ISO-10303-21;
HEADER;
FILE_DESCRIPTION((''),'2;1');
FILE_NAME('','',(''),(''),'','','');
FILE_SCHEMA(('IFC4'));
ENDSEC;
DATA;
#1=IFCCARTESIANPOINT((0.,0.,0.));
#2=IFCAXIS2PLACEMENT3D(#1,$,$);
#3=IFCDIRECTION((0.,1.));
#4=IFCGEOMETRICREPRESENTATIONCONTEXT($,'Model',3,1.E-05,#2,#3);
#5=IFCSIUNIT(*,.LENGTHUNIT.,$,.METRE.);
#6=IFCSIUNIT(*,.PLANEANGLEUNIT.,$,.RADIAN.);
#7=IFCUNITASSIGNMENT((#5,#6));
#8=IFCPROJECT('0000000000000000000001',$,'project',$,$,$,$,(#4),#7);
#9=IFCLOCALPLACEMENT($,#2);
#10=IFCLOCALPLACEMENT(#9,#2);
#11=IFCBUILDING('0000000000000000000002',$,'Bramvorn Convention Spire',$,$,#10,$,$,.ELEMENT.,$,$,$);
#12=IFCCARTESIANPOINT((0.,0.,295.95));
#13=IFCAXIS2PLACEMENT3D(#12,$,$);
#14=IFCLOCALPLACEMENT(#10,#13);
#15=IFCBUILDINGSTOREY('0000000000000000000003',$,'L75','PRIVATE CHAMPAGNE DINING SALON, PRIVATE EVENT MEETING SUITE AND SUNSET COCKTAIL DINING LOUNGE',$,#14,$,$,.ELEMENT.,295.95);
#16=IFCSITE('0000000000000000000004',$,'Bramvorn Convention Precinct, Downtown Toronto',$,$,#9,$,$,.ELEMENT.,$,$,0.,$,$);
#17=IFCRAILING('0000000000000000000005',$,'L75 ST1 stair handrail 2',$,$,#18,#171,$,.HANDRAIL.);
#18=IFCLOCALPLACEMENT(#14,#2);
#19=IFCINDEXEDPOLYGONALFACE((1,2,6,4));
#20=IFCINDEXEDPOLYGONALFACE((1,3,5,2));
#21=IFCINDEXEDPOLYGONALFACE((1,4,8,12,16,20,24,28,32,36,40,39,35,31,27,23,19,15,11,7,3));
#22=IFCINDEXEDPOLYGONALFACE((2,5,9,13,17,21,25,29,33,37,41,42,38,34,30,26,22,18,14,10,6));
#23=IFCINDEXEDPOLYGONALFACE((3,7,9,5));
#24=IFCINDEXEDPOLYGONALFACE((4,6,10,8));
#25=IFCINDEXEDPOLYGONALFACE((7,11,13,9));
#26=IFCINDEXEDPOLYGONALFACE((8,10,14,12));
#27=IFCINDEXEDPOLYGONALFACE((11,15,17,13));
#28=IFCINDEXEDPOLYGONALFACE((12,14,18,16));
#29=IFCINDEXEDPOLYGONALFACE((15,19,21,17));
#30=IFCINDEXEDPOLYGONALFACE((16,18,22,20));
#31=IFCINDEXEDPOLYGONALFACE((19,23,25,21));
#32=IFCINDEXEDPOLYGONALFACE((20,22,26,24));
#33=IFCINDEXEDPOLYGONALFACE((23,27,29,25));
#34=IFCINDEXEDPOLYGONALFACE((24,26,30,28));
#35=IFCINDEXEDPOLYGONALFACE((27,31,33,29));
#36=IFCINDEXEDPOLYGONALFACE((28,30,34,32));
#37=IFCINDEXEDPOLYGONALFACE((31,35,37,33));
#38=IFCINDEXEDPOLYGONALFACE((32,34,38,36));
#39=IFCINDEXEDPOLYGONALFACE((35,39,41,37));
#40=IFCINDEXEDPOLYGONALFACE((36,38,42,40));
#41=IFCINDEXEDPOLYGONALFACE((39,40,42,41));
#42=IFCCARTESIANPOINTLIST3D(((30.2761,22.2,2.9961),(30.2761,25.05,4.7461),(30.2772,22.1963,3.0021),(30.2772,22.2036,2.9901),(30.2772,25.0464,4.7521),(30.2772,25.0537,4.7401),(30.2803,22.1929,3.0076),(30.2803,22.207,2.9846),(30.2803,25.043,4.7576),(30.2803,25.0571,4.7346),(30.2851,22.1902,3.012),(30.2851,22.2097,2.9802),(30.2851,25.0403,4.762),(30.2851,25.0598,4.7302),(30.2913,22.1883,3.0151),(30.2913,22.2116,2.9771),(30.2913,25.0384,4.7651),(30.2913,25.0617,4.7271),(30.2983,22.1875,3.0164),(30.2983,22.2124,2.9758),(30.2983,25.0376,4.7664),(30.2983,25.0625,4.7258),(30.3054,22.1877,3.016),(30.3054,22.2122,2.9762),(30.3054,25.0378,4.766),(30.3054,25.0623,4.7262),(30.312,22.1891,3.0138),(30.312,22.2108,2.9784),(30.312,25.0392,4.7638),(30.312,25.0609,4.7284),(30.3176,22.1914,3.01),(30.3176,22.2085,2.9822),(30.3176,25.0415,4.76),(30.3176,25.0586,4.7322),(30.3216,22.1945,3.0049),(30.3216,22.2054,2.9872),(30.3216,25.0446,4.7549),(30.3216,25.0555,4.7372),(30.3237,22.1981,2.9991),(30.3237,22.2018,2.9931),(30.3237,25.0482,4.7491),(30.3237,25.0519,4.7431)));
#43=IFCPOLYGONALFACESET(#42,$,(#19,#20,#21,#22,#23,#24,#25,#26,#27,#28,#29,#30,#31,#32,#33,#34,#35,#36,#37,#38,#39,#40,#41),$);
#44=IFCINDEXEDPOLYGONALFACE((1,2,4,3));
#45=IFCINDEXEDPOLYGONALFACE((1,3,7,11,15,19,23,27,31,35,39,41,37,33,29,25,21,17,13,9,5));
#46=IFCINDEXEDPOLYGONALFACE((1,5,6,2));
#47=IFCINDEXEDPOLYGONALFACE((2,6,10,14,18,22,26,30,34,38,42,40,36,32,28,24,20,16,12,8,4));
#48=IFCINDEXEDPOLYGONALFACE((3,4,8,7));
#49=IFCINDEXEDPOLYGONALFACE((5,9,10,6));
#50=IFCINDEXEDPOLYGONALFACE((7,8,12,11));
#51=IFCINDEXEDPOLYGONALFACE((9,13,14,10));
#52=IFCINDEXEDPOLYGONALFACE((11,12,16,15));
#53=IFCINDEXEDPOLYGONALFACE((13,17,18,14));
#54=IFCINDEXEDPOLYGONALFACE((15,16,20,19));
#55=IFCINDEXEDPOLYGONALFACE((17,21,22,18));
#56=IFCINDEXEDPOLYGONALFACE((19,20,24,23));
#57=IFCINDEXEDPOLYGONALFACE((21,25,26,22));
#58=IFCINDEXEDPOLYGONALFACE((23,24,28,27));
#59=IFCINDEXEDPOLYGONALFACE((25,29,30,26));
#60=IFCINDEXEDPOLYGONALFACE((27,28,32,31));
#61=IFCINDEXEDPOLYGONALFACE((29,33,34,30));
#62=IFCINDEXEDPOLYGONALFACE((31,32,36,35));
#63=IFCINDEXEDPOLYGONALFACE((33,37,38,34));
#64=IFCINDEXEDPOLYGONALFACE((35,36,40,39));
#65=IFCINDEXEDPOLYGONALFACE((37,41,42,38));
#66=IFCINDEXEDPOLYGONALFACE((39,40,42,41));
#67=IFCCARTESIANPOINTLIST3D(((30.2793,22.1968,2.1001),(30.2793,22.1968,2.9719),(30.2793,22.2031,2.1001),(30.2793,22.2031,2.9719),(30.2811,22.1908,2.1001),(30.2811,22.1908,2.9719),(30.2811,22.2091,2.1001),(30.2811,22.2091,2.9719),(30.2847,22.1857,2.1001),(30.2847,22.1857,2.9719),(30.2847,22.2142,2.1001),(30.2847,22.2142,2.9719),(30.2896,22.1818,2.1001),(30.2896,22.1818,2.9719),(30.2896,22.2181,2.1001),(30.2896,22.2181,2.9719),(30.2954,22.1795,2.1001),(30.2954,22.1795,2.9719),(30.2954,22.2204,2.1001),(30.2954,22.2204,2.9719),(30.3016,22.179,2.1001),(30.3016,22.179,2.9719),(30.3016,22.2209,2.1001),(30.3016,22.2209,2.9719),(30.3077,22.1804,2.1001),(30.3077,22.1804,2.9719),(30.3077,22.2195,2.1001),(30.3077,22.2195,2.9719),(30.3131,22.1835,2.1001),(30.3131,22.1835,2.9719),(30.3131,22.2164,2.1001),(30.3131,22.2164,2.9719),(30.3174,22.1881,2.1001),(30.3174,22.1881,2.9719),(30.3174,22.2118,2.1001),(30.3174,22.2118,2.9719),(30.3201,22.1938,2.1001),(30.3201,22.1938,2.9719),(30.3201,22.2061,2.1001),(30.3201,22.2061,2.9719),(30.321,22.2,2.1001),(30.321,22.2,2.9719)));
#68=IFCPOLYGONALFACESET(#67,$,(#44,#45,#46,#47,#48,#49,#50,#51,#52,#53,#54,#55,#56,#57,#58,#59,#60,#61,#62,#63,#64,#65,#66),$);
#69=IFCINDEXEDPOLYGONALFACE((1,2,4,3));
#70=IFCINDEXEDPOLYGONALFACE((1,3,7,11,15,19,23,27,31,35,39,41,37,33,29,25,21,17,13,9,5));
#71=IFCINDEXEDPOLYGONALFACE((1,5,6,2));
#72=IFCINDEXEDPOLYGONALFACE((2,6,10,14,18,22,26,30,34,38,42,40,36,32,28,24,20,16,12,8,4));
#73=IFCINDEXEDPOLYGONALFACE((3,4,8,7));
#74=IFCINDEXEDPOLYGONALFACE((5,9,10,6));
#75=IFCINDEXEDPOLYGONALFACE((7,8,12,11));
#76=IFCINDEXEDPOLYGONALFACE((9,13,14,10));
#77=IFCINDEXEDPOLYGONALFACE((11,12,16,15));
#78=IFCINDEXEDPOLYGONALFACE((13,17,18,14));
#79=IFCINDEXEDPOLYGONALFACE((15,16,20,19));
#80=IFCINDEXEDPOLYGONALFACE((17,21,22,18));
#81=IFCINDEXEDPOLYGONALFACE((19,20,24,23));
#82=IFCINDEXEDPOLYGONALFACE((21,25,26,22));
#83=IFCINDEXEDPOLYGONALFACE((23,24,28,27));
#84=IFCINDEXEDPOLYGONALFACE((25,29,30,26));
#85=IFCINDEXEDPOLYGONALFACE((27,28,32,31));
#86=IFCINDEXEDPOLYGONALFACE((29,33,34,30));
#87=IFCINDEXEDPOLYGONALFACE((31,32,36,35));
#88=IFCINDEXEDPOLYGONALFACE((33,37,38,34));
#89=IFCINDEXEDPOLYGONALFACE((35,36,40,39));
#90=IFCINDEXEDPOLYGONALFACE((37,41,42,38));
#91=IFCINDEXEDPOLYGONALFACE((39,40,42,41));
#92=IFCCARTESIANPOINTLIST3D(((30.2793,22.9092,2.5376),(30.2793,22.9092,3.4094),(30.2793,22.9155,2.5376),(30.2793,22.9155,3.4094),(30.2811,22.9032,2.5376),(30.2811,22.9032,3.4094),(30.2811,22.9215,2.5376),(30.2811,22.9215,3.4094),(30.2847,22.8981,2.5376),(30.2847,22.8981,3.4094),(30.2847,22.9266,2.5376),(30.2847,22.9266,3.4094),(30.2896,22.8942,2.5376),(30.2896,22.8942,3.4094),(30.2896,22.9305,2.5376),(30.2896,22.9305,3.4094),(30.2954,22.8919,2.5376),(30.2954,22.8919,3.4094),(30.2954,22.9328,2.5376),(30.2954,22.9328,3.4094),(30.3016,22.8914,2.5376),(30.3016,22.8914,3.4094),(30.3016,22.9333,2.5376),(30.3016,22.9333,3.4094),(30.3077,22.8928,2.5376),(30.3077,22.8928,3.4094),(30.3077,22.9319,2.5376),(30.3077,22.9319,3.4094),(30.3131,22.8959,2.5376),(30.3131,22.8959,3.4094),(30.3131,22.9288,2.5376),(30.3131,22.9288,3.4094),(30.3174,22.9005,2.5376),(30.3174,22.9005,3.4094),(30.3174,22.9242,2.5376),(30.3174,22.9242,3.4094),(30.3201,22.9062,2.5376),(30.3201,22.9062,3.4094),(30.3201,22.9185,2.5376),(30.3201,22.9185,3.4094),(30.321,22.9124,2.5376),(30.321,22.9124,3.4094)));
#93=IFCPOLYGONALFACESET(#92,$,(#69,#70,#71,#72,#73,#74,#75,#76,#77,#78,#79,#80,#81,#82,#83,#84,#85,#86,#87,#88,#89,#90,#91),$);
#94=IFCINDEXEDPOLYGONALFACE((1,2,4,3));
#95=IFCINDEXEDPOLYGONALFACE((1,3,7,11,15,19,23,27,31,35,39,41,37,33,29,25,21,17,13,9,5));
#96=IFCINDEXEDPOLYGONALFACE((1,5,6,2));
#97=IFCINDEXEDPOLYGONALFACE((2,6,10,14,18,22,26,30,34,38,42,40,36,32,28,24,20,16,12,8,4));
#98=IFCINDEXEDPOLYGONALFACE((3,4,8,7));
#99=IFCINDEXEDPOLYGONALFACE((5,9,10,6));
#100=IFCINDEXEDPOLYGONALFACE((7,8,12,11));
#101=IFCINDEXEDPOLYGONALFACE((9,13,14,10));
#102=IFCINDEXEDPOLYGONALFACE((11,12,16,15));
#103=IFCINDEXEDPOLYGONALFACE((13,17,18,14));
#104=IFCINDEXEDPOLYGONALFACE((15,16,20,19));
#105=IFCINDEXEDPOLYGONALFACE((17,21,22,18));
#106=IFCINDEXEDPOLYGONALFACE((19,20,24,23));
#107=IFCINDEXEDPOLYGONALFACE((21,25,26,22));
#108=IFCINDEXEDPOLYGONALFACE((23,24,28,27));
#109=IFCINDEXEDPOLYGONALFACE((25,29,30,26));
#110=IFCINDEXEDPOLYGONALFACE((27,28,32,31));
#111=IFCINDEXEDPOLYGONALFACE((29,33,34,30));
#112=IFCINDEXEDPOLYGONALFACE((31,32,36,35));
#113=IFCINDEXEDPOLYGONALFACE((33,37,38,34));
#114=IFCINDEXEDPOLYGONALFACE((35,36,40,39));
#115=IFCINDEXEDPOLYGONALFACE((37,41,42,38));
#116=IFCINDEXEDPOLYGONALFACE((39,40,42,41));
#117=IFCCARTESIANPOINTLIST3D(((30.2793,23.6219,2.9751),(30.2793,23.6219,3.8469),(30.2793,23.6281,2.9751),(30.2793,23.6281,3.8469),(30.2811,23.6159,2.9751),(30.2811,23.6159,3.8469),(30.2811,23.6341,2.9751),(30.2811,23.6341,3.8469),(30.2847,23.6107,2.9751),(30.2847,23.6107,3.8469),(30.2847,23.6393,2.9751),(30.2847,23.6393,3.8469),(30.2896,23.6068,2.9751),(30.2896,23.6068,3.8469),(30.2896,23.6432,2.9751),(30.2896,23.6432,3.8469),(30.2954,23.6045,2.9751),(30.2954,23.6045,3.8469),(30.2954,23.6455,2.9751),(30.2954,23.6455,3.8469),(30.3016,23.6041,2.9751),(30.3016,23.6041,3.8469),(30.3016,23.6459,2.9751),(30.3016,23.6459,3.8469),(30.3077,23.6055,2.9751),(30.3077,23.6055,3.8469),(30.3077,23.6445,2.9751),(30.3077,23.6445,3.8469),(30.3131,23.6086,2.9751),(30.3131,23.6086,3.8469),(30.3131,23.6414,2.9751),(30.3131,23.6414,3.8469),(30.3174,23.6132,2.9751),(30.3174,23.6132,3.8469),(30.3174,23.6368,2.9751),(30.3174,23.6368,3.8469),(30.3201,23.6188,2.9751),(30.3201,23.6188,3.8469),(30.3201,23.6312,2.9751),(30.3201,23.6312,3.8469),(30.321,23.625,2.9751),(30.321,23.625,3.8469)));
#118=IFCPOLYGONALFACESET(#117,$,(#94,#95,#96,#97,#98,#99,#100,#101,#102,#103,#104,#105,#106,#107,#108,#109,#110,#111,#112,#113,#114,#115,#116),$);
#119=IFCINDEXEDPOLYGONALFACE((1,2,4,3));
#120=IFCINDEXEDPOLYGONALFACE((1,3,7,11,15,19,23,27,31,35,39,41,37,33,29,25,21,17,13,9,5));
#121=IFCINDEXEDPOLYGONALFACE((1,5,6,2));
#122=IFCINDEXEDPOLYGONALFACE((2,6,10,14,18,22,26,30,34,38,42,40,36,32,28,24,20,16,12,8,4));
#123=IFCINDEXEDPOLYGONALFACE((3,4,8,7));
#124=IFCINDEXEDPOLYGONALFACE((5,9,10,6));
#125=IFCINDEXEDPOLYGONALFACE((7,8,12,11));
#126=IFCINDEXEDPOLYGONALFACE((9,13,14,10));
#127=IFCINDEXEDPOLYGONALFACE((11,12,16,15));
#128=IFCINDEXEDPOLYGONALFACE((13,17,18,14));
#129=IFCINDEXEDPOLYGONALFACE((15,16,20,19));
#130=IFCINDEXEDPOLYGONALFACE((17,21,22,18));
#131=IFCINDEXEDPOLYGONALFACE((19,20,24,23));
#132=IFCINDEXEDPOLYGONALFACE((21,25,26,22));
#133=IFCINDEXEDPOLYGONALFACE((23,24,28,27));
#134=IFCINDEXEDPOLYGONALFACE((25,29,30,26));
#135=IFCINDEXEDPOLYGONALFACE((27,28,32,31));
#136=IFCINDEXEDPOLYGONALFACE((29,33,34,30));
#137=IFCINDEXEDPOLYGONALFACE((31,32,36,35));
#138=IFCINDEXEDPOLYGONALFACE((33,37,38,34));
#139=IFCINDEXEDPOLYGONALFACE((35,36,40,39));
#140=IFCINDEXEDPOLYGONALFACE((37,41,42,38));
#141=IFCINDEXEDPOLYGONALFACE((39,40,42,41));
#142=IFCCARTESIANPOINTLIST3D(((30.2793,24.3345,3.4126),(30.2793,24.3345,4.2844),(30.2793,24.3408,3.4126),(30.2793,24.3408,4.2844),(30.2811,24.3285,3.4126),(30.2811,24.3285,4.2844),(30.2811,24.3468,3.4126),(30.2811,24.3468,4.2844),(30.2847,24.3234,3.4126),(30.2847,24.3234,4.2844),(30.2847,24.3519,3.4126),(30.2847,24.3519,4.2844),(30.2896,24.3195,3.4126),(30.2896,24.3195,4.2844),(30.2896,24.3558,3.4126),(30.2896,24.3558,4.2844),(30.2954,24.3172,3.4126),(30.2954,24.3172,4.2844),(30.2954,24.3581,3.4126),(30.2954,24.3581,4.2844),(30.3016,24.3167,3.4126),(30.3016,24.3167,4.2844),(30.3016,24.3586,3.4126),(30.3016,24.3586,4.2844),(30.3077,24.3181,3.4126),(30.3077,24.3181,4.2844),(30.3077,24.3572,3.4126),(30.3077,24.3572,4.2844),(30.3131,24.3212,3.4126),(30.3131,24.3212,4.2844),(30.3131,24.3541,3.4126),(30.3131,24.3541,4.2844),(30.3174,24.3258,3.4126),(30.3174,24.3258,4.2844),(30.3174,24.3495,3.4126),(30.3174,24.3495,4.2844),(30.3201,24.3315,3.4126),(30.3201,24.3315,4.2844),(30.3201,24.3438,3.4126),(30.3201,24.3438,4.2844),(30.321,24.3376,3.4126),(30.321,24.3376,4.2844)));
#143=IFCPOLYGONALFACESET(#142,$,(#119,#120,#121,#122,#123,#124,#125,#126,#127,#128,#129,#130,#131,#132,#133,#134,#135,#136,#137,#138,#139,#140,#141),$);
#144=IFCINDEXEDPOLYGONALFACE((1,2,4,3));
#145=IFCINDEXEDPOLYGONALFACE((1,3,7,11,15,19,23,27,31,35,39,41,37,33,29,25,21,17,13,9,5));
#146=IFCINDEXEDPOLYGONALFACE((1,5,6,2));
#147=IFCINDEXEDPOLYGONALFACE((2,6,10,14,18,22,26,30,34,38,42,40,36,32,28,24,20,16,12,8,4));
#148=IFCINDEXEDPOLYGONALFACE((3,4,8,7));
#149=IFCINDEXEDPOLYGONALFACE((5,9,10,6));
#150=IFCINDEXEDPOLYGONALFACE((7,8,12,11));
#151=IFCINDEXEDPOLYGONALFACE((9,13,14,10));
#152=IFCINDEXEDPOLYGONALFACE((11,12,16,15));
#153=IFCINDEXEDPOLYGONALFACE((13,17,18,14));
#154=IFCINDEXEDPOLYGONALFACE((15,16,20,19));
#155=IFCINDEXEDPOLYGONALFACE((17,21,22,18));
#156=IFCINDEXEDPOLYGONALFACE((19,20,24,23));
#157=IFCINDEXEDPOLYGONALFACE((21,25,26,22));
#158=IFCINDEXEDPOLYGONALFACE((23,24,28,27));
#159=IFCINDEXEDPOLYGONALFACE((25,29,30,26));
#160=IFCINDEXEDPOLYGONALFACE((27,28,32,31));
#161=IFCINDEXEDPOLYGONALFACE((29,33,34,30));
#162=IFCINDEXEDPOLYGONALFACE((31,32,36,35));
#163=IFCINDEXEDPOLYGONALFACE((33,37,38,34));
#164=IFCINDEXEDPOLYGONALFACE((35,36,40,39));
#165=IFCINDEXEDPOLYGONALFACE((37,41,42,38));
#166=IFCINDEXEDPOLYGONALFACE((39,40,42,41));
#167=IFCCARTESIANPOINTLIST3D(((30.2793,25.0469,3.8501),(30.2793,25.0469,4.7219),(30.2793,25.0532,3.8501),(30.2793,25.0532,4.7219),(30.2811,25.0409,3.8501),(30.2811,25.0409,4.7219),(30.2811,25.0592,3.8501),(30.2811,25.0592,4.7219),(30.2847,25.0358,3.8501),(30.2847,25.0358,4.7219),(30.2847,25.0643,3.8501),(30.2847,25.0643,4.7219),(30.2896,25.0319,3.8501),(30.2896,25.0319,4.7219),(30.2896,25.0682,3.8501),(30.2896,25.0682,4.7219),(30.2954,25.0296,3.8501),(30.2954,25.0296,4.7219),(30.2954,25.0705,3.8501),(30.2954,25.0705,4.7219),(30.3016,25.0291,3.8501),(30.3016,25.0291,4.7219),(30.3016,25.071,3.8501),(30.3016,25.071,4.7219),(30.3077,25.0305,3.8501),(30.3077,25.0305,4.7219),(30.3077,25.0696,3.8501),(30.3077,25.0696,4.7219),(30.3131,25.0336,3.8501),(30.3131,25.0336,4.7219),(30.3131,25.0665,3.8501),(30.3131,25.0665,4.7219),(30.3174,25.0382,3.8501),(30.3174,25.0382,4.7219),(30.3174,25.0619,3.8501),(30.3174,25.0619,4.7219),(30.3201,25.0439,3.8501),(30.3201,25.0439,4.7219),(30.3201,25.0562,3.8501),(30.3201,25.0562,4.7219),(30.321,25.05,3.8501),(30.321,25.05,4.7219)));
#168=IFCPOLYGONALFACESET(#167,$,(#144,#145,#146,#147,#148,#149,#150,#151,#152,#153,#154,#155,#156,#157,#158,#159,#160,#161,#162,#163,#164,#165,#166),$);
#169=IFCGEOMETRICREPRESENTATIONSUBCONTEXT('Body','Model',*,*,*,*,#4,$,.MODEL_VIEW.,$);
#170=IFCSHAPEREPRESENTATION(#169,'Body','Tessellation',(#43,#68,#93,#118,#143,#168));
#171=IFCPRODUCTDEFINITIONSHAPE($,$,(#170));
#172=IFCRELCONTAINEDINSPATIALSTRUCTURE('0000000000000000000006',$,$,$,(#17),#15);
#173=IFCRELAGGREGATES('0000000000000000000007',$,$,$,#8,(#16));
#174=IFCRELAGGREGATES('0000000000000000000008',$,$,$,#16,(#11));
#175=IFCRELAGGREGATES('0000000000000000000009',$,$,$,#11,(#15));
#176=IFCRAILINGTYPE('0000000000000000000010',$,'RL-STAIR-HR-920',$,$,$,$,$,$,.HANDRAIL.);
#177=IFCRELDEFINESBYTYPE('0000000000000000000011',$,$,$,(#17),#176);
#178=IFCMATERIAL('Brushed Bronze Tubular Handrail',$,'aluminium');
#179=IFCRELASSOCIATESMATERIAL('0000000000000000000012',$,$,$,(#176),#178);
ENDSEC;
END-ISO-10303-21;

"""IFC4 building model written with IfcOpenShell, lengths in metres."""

from ifc_helpers import new_model, si_unit, direction, frame, origin, origin_2d, place, context, subcontext, project, spatial, circle, extrude, material, type_object, element, save


model = new_model("IFC4")

# Units and contexts
model_context = context("Model", 3, precision=1e-05, world=origin(), true_north=direction((0.0, 1.0)))
body_context = subcontext(model_context, "Body", "Model", "MODEL_VIEW")
ifc_project = project(units=[si_unit("LENGTHUNIT", "METRE"), si_unit("PLANEANGLEUNIT", "RADIAN")], contexts=[model_context])

# Site, building, storey
site_placement = place(None, origin())
site = spatial("IfcSite", under=ifc_project, at=site_placement, Name="Bramvorn Convention Precinct, Downtown Toronto", CompositionType="ELEMENT", RefElevation=0.0)
building_placement = place(site_placement, origin())
building = spatial("IfcBuilding", under=site, at=building_placement, Name="Bramvorn Convention Spire", CompositionType="ELEMENT")
storey_placement = place(building_placement, frame((0.0, 0.0, 295.95)))
storey = spatial("IfcBuildingStorey", under=building, at=storey_placement, Name="L75", Description="PRIVATE CHAMPAGNE DINING SALON, PRIVATE EVENT MEETING SUITE AND SUNSET COCKTAIL DINING LOUNGE", CompositionType="ELEMENT", Elevation=295.95)

# Railing
ifc_material_1 = material(Name="Brushed Bronze Tubular Handrail", Category="aluminium")
railing_type_1 = type_object("IfcRailingType", Name="RL-STAIR-HR-920", PredefinedType="HANDRAIL", material=ifc_material_1)
railing_1_placement = place(storey_placement, frame((30.3, 22.2, 2.1001)))
element("IfcRailing", 1, at=railing_1_placement, inside=storey, type_object=railing_type_1, Name="L75 ST1 stair handrail 2", PredefinedType="HANDRAIL", context=body_context, shape_type="SweptSolid", body=[
    extrude(circle(Radius=0.0239, at=origin_2d()), frame((0.0, 0.0, 0.896), z_axis=(0.0, 0.852179, 0.52325), x_axis=(-1.0, 0.0, 0.0)), (0.0, 0.0, 1.0), 3.3445),
    extrude(circle(Radius=0.021, at=origin_2d()), origin(), (0.0, 0.0, 1.0), 0.8718),
    extrude(circle(Radius=0.021, at=origin_2d()), frame((0.0, 0.7124, 0.4375)), (0.0, 0.0, 1.0), 0.8718),
    extrude(circle(Radius=0.021, at=origin_2d()), frame((0.0, 1.425, 0.875)), (0.0, 0.0, 1.0), 0.8718),
    extrude(circle(Radius=0.021, at=origin_2d()), frame((0.0, 2.1377, 1.3125)), (0.0, 0.0, 1.0), 0.8718),
    extrude(circle(Radius=0.021, at=origin_2d()), frame((0.0, 2.8501, 1.75)), (0.0, 0.0, 1.0), 0.8718),
])

save(model, "model.ifc")
